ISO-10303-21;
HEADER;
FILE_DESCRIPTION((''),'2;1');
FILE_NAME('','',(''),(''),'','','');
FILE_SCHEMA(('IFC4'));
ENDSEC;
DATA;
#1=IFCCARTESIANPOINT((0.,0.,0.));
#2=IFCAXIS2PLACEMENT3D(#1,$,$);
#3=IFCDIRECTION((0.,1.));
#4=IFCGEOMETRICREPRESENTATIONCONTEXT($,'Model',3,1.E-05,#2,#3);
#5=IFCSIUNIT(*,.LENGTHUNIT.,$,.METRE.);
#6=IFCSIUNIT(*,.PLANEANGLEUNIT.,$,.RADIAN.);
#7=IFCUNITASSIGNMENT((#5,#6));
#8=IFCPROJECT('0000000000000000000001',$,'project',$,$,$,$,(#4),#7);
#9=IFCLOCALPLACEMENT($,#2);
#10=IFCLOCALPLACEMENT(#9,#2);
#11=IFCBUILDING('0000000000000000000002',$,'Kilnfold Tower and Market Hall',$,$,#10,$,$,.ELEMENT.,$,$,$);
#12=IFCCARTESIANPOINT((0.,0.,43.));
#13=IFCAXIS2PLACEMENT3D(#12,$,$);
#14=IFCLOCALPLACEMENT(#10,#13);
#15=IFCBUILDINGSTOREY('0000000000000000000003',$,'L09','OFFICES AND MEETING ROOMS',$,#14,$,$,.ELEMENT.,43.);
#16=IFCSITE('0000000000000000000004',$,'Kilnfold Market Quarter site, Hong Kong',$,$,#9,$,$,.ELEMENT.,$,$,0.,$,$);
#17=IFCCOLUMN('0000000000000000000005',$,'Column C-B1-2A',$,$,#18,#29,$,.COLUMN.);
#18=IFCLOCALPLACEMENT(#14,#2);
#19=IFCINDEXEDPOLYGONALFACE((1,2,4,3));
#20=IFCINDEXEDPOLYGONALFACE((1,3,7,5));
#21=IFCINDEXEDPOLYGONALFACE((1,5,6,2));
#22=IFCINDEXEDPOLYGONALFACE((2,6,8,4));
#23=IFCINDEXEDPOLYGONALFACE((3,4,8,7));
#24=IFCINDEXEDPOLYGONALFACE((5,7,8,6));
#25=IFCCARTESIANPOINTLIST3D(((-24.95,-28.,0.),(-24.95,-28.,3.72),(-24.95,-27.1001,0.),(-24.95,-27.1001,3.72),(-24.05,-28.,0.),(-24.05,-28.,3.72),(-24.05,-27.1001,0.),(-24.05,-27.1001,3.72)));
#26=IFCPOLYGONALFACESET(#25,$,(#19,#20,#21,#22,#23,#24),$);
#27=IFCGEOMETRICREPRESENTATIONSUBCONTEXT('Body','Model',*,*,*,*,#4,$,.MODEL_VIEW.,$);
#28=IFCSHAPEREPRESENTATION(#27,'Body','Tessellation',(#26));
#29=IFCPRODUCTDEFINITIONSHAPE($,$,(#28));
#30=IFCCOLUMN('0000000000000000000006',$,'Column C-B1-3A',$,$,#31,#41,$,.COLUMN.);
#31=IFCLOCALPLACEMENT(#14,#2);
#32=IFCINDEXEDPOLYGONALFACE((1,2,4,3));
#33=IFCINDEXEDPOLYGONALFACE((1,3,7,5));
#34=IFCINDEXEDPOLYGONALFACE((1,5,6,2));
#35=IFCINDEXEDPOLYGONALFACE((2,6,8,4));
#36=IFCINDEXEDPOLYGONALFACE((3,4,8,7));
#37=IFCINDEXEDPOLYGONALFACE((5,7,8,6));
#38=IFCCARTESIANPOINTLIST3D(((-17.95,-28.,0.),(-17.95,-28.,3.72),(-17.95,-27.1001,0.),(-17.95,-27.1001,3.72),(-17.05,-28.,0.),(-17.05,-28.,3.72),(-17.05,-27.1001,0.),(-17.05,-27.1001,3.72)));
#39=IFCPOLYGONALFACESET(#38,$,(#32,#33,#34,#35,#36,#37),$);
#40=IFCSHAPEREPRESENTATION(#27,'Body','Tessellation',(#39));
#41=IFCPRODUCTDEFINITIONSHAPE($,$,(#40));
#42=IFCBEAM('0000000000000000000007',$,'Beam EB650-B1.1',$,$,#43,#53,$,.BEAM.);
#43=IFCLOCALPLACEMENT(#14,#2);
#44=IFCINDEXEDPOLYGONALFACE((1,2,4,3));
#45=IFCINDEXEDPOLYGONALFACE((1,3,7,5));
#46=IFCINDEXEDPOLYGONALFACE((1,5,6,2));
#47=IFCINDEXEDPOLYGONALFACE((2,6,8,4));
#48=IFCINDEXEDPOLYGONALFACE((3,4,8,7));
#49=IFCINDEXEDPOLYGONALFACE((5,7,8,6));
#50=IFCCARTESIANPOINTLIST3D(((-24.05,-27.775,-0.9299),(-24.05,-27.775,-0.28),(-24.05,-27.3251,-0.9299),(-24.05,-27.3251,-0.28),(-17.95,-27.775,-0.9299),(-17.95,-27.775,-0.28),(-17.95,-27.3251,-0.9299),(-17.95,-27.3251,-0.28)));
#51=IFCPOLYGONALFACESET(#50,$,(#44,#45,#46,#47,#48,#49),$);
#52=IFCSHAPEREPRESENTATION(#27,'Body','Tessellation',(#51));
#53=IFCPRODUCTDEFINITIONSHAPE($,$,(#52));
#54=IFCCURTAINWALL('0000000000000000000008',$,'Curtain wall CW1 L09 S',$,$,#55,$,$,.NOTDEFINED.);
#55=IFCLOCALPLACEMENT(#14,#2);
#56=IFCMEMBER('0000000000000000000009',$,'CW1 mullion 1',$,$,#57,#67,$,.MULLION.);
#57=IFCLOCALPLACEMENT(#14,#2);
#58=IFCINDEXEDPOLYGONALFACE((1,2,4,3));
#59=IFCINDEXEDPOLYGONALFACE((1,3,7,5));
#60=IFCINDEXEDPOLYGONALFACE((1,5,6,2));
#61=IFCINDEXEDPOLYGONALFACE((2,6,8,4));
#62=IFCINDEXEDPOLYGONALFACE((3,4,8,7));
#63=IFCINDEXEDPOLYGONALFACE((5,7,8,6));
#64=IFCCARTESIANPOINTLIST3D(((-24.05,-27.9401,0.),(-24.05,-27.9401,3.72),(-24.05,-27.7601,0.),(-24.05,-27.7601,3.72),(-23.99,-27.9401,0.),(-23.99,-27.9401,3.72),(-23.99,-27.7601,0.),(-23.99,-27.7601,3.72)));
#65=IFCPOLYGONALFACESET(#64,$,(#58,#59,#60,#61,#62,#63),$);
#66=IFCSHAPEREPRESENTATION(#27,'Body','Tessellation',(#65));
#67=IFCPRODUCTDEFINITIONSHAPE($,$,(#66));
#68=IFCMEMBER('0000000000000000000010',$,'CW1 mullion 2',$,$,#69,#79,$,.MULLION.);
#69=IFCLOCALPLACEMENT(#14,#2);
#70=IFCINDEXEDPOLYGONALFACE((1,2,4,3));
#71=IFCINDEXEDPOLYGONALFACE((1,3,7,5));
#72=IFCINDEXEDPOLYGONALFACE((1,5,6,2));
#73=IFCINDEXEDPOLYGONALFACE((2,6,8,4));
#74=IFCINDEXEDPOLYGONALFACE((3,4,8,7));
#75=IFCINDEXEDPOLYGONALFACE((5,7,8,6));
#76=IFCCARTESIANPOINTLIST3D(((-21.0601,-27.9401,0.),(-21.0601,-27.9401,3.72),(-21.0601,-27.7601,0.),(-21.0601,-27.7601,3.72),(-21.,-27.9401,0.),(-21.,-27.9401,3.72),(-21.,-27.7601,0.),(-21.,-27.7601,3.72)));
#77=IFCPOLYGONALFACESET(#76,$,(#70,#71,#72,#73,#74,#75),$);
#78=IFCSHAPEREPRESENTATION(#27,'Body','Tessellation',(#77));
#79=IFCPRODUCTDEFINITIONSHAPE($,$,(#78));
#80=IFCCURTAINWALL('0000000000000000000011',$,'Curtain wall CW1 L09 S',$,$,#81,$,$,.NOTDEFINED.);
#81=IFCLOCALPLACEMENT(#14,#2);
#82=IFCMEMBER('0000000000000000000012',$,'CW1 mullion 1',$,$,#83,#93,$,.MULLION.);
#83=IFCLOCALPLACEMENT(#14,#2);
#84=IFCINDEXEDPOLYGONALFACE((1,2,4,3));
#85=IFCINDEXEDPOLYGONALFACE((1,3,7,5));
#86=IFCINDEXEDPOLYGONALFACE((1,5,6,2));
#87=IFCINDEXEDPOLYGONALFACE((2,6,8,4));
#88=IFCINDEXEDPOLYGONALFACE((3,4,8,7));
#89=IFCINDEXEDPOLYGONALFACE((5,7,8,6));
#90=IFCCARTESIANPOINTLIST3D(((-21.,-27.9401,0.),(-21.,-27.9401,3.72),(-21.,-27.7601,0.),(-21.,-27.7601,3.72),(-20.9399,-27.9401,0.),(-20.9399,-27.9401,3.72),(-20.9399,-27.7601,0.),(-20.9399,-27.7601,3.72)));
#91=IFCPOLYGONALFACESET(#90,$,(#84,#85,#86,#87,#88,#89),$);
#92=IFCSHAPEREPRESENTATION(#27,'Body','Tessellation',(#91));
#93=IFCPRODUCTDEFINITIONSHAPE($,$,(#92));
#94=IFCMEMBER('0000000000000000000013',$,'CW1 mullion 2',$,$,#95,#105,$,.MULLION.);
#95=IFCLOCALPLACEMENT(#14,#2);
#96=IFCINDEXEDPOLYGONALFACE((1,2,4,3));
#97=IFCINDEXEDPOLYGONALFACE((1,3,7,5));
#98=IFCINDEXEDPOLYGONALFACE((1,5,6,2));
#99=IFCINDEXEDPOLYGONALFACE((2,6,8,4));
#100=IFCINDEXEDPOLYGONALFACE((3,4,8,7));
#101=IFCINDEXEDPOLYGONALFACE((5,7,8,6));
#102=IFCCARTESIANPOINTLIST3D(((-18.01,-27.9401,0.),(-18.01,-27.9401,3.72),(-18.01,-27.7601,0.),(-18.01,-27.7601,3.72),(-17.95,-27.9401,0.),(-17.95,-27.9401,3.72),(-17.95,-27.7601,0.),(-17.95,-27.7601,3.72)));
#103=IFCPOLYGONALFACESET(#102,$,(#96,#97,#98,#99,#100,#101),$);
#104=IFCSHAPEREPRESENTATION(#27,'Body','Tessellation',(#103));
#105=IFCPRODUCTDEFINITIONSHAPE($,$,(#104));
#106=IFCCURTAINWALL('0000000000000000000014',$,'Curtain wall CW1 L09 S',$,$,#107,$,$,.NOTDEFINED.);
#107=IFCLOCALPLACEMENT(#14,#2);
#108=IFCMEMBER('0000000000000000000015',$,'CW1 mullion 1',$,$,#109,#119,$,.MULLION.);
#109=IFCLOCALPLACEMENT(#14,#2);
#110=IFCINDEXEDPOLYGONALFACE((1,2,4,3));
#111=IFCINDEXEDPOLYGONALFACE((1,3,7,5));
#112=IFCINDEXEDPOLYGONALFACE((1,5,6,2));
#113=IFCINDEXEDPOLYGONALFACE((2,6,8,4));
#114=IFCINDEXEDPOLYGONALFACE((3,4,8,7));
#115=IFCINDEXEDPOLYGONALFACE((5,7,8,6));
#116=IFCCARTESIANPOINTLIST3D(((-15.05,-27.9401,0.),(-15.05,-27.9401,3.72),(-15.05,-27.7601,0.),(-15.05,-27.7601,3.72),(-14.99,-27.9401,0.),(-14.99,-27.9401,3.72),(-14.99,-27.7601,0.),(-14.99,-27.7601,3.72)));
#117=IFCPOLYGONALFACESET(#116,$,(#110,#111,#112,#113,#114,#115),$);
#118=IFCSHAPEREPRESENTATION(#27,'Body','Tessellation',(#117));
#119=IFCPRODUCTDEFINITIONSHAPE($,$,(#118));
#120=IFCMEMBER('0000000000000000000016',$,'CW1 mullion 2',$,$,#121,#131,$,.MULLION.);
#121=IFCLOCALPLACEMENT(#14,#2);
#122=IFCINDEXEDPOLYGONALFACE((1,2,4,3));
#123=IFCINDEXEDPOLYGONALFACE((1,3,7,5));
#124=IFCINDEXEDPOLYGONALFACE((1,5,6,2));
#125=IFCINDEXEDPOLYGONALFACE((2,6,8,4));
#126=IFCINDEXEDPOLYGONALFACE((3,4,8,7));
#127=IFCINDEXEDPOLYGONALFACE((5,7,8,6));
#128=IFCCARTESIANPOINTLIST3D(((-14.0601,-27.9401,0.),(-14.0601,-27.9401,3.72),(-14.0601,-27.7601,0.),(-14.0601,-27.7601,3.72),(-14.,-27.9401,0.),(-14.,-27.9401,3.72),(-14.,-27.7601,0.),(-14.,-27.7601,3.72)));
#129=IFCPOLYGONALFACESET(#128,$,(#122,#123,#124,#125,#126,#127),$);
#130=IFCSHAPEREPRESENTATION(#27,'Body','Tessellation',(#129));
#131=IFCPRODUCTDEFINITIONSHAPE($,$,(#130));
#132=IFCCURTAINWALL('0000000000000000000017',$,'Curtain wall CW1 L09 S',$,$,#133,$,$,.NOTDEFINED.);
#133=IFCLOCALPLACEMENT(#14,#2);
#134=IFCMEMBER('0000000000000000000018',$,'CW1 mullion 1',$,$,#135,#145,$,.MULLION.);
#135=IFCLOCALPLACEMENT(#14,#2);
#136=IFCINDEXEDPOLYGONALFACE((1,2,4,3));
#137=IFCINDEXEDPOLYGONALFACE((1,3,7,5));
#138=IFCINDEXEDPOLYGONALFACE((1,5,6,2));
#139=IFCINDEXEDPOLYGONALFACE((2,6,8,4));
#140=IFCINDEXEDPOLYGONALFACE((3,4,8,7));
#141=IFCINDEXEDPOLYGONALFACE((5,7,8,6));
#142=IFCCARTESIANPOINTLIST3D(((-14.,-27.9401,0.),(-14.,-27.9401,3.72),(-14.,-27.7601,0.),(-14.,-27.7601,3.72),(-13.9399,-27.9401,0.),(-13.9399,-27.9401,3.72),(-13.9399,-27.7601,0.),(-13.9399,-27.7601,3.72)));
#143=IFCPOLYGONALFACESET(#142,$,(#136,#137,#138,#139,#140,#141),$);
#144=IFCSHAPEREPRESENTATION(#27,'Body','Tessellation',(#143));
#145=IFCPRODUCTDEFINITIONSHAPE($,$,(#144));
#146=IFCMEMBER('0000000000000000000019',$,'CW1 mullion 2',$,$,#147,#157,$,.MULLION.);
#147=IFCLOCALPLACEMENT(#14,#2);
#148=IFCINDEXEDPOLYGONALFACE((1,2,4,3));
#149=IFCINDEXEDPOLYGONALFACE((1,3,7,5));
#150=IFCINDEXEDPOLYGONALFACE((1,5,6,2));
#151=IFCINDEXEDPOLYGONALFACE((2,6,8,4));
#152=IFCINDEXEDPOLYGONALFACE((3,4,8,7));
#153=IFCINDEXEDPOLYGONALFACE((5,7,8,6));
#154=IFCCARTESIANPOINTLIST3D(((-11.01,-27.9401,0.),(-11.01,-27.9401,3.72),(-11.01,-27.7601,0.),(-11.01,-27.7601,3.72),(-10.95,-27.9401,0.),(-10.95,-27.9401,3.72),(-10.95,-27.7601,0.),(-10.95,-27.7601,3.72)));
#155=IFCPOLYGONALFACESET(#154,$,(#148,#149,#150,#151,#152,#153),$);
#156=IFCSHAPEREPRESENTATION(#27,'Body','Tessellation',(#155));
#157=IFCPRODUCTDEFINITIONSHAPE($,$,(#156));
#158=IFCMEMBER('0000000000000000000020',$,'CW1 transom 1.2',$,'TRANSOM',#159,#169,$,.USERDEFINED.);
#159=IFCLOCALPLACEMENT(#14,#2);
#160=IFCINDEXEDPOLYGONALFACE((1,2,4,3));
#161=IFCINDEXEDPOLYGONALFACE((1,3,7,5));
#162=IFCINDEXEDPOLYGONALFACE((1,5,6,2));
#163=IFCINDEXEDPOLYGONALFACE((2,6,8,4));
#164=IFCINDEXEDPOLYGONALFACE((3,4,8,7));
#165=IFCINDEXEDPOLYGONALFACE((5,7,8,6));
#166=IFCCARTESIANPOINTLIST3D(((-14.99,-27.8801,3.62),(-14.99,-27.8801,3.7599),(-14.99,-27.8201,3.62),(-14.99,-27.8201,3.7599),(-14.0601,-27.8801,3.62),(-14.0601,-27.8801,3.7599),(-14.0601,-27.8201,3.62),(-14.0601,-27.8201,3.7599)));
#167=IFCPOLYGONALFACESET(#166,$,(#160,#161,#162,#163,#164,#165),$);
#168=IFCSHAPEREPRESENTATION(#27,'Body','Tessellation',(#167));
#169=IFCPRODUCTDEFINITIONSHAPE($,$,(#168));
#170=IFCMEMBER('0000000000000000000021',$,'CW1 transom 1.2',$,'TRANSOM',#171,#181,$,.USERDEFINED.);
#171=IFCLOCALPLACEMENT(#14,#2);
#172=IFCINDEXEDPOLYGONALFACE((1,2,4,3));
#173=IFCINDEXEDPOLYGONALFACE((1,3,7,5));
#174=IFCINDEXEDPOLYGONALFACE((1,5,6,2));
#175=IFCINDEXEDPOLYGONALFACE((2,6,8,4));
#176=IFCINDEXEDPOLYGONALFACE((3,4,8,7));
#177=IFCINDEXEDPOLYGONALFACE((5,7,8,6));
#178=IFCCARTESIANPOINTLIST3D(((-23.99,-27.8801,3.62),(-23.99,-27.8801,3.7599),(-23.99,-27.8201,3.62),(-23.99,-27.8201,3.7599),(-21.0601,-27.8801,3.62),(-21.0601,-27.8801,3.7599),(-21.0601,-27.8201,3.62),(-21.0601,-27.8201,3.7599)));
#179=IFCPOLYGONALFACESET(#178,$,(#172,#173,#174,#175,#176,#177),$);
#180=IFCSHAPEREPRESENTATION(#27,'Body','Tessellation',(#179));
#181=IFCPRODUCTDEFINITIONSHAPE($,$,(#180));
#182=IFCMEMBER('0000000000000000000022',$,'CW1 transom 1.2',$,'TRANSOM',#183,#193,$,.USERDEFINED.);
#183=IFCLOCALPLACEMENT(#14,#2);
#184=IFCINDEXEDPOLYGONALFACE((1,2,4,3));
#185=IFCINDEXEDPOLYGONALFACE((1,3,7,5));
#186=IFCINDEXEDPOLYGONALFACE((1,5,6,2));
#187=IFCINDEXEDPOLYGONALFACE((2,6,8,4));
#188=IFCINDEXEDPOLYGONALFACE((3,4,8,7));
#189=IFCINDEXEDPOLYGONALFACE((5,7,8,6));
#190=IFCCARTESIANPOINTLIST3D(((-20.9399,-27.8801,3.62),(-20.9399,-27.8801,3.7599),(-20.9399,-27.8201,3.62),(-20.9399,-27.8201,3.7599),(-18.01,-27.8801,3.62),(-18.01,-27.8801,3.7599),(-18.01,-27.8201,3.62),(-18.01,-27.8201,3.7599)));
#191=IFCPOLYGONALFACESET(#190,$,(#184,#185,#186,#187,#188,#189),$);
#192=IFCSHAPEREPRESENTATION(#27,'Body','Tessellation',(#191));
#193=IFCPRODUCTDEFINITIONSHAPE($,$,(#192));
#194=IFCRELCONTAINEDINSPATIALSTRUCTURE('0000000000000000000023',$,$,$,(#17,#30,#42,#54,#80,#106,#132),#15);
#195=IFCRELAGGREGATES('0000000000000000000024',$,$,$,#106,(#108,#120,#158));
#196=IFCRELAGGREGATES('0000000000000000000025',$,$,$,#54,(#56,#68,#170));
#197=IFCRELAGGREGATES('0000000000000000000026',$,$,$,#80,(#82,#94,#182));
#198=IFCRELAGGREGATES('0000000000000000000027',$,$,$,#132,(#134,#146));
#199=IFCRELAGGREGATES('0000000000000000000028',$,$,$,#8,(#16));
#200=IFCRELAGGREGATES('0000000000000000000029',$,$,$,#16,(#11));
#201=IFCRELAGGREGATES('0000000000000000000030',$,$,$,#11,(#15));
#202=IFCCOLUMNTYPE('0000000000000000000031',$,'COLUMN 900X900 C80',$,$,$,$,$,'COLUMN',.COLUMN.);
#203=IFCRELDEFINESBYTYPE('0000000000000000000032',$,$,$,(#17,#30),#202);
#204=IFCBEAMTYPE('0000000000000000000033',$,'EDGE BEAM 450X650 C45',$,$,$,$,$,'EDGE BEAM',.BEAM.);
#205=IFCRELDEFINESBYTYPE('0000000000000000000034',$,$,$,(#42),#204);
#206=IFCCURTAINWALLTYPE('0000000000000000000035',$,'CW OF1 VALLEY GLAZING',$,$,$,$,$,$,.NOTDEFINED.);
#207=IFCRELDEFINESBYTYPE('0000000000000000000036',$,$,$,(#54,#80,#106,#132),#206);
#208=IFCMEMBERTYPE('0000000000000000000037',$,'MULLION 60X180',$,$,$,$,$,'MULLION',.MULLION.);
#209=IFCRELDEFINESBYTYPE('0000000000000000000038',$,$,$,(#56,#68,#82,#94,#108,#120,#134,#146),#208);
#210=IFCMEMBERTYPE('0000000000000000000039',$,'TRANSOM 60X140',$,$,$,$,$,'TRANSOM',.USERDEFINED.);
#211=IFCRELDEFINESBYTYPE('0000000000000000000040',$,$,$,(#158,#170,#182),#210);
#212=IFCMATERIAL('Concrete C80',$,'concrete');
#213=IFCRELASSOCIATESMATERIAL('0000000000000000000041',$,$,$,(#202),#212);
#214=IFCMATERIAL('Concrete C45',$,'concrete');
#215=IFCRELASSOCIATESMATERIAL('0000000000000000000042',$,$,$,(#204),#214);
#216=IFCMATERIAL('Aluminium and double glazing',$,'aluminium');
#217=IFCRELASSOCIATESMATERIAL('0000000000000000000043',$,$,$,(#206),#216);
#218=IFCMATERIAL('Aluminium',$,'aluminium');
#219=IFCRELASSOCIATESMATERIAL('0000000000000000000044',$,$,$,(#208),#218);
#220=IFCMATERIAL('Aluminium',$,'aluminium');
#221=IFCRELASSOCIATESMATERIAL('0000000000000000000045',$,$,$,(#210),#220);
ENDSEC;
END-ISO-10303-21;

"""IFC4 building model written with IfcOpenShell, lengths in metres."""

from ifc_helpers import new_model, si_unit, direction, frame, origin, origin_2d, place, context, subcontext, project, spatial, rectangle, extrude, source, transform, mapped, material, material_profile, profile_set, type_object, element, aggregate, save


model = new_model("IFC4")

# Units and contexts
model_context = context("Model", 3, precision=1e-05, world=origin(), true_north=direction((0.0, 1.0)))
body_context = subcontext(model_context, "Body", "Model", "MODEL_VIEW")
ifc_project = project(units=[si_unit("LENGTHUNIT", "METRE"), si_unit("PLANEANGLEUNIT", "RADIAN")], contexts=[model_context])

# Site, building, storey
site_placement = place(None, origin())
site = spatial("IfcSite", under=ifc_project, at=site_placement, Name="Kilnfold Market Quarter site, Hong Kong", CompositionType="ELEMENT", RefElevation=0.0)
building_placement = place(site_placement, origin())
building = spatial("IfcBuilding", under=site, at=building_placement, Name="Kilnfold Tower and Market Hall", CompositionType="ELEMENT")
storey_placement = place(building_placement, frame((0.0, 0.0, 43.0)))
storey = spatial("IfcBuildingStorey", under=building, at=storey_placement, Name="L09", Description="OFFICES AND MEETING ROOMS", CompositionType="ELEMENT", Elevation=43.0)

# Columns
ifc_material_1 = material(Name="Concrete C80", Category="concrete")
ifc_material_profile_1 = material_profile(ifc_material_1, rectangle(XDim=0.8999, YDim=0.8999, at=origin_2d()), Name="RC 900x900")
ifc_profile_set_1 = profile_set([ifc_material_profile_1], Name="Concrete C80")
column_type = type_object("IfcColumnType", Name="COLUMN 900X900 C80", ElementType="COLUMN", PredefinedType="COLUMN", material=ifc_profile_set_1)
shared_shape_1 = source(origin(), body_context, "Body", "SweptSolid", [
    extrude(rectangle(XDim=0.8999, YDim=0.8999, at=origin_2d()), origin(), (0.0, 0.0, 1.0), 3.72),
])
for number, where, z_axis, x_axis, name in (
    (1, (-24.5, -27.55, 0.0), (0.0, 0.0, 1.0), (1.0, 0.0, 0.0), "Column C-B1-2A"),
    (2, (-17.5, -27.55, 0.0), (0.0, 0.0, 1.0), (1.0, 0.0, 0.0), "Column C-B1-3A"),
):
    element("IfcColumn", number, at=place(storey_placement, frame(where, z_axis=z_axis, x_axis=x_axis)), inside=storey, type_object=column_type, Name=name, PredefinedType="COLUMN", context=body_context, shape_type="MappedRepresentation", body=[
        mapped(shared_shape_1, transform((0.0, 0.0, 0.0))),
    ])

# Beam
ifc_material_2 = material(Name="Concrete C45", Category="concrete")
ifc_material_profile_2 = material_profile(ifc_material_2, rectangle(XDim=0.45, YDim=0.6499, at=origin_2d()), Name="RC 450x650")
ifc_profile_set_2 = profile_set([ifc_material_profile_2], Name="Concrete C45")
beam_type = type_object("IfcBeamType", Name="EDGE BEAM 450X650 C45", ElementType="EDGE BEAM", PredefinedType="BEAM", material=ifc_profile_set_2)
shared_shape_2 = source(origin(), body_context, "Body", "SweptSolid", [
    extrude(rectangle(XDim=0.45, YDim=0.6499, at=origin_2d()), origin(), (0.0, 0.0, 1.0), 6.1001),
])
beam_placement = place(storey_placement, frame((-24.05, -27.55, -0.605), z_axis=(1.0, 0.0, 0.0), x_axis=(0.0, 1.0, 0.0)))
element("IfcBeam", 3, at=beam_placement, inside=storey, type_object=beam_type, Name="Beam EB650-B1.1", PredefinedType="BEAM", context=body_context, shape_type="MappedRepresentation", body=[
    mapped(shared_shape_2, transform((0.0, 0.0, 0.0))),
])

# Curtain walls, members
ifc_material_3 = material(Name="Aluminium and double glazing", Category="aluminium")
curtain_wall_type = type_object("IfcCurtainWallType", Name="CW OF1 VALLEY GLAZING", PredefinedType="NOTDEFINED", material=ifc_material_3)
curtain_wall_1_placement = place(storey_placement, origin())
curtain_wall_1 = element("IfcCurtainWall", 4, at=curtain_wall_1_placement, inside=storey, type_object=curtain_wall_type, Name="Curtain wall CW1 L09 S", PredefinedType="NOTDEFINED")
ifc_material_4 = material(Name="Aluminium", Category="aluminium")
ifc_material_profile_3 = material_profile(ifc_material_4, rectangle(XDim=0.0601, YDim=0.1799, at=origin_2d()), Name="MULLION 60x180")
ifc_profile_set_3 = profile_set([ifc_material_profile_3], Name="Aluminium")
member_type_1 = type_object("IfcMemberType", Name="MULLION 60X180", ElementType="MULLION", PredefinedType="MULLION", material=ifc_profile_set_3)
shared_shape_3 = source(origin(), body_context, "Body", "SweptSolid", [
    extrude(rectangle(XDim=0.0601, YDim=0.1799, at=origin_2d()), origin(), (0.0, 0.0, 1.0), 3.72),
])
member_1_placement = place(storey_placement, frame((-24.02, -27.8501, 0.0), z_axis=(0.0, 0.0, 1.0), x_axis=(1.0, 0.0, 0.0)))
member_1 = element("IfcMember", 5, at=member_1_placement, type_object=member_type_1, Name="CW1 mullion 1", PredefinedType="MULLION", context=body_context, shape_type="MappedRepresentation", body=[
    mapped(shared_shape_3, transform((0.0, 0.0, 0.0))),
])
member_2_placement = place(storey_placement, frame((-21.03, -27.8501, 0.0), z_axis=(0.0, 0.0, 1.0), x_axis=(1.0, 0.0, 0.0)))
member_2 = element("IfcMember", 6, at=member_2_placement, type_object=member_type_1, Name="CW1 mullion 2", PredefinedType="MULLION", context=body_context, shape_type="MappedRepresentation", body=[
    mapped(shared_shape_3, transform((0.0, 0.0, 0.0))),
])
curtain_wall_2_placement = place(storey_placement, origin())
curtain_wall_2 = element("IfcCurtainWall", 7, at=curtain_wall_2_placement, inside=storey, type_object=curtain_wall_type, Name="Curtain wall CW1 L09 S", PredefinedType="NOTDEFINED")
member_3_placement = place(storey_placement, frame((-20.97, -27.8501, 0.0), z_axis=(0.0, 0.0, 1.0), x_axis=(1.0, 0.0, 0.0)))
member_3 = element("IfcMember", 8, at=member_3_placement, type_object=member_type_1, Name="CW1 mullion 1", PredefinedType="MULLION", context=body_context, shape_type="MappedRepresentation", body=[
    mapped(shared_shape_3, transform((0.0, 0.0, 0.0))),
])
member_4_placement = place(storey_placement, frame((-17.98, -27.8501, 0.0), z_axis=(0.0, 0.0, 1.0), x_axis=(1.0, 0.0, 0.0)))
member_4 = element("IfcMember", 9, at=member_4_placement, type_object=member_type_1, Name="CW1 mullion 2", PredefinedType="MULLION", context=body_context, shape_type="MappedRepresentation", body=[
    mapped(shared_shape_3, transform((0.0, 0.0, 0.0))),
])
curtain_wall_3_placement = place(storey_placement, origin())
curtain_wall_3 = element("IfcCurtainWall", 10, at=curtain_wall_3_placement, inside=storey, type_object=curtain_wall_type, Name="Curtain wall CW1 L09 S", PredefinedType="NOTDEFINED")
member_5_placement = place(storey_placement, frame((-15.02, -27.8501, 0.0), z_axis=(0.0, 0.0, 1.0), x_axis=(1.0, 0.0, 0.0)))
member_5 = element("IfcMember", 11, at=member_5_placement, type_object=member_type_1, Name="CW1 mullion 1", PredefinedType="MULLION", context=body_context, shape_type="MappedRepresentation", body=[
    mapped(shared_shape_3, transform((0.0, 0.0, 0.0))),
])
member_6_placement = place(storey_placement, frame((-14.03, -27.8501, 0.0), z_axis=(0.0, 0.0, 1.0), x_axis=(1.0, 0.0, 0.0)))
member_6 = element("IfcMember", 12, at=member_6_placement, type_object=member_type_1, Name="CW1 mullion 2", PredefinedType="MULLION", context=body_context, shape_type="MappedRepresentation", body=[
    mapped(shared_shape_3, transform((0.0, 0.0, 0.0))),
])
curtain_wall_4_placement = place(storey_placement, origin())
curtain_wall_4 = element("IfcCurtainWall", 13, at=curtain_wall_4_placement, inside=storey, type_object=curtain_wall_type, Name="Curtain wall CW1 L09 S", PredefinedType="NOTDEFINED")
member_7_placement = place(storey_placement, frame((-13.97, -27.8501, 0.0), z_axis=(0.0, 0.0, 1.0), x_axis=(1.0, 0.0, 0.0)))
member_7 = element("IfcMember", 14, at=member_7_placement, type_object=member_type_1, Name="CW1 mullion 1", PredefinedType="MULLION", context=body_context, shape_type="MappedRepresentation", body=[
    mapped(shared_shape_3, transform((0.0, 0.0, 0.0))),
])
member_8_placement = place(storey_placement, frame((-10.98, -27.8501, 0.0), z_axis=(0.0, 0.0, 1.0), x_axis=(1.0, 0.0, 0.0)))
member_8 = element("IfcMember", 15, at=member_8_placement, type_object=member_type_1, Name="CW1 mullion 2", PredefinedType="MULLION", context=body_context, shape_type="MappedRepresentation", body=[
    mapped(shared_shape_3, transform((0.0, 0.0, 0.0))),
])

# Members
ifc_material_5 = material(Name="Aluminium", Category="aluminium")
ifc_material_profile_4 = material_profile(ifc_material_5, rectangle(XDim=0.0601, YDim=0.1399, at=origin_2d()), Name="TRANSOM 60x140")
ifc_profile_set_4 = profile_set([ifc_material_profile_4], Name="Aluminium")
member_type_2 = type_object("IfcMemberType", Name="TRANSOM 60X140", ElementType="TRANSOM", PredefinedType="USERDEFINED", material=ifc_profile_set_4)
shared_shape_4 = source(origin(), body_context, "Body", "SweptSolid", [
    extrude(rectangle(XDim=0.0601, YDim=0.1399, at=origin_2d()), origin(), (0.0, 0.0, 1.0), 0.9299),
])
member_9_placement = place(storey_placement, frame((-14.99, -27.8501, 3.6899), z_axis=(1.0, 0.0, 0.0), x_axis=(0.0, 1.0, 0.0)))
member_9 = element("IfcMember", 16, at=member_9_placement, type_object=member_type_2, Name="CW1 transom 1.2", ObjectType="TRANSOM", PredefinedType="USERDEFINED", context=body_context, shape_type="MappedRepresentation", body=[
    mapped(shared_shape_4, transform((0.0, 0.0, 0.0))),
])
shared_shape_5 = source(origin(), body_context, "Body", "SweptSolid", [
    extrude(rectangle(XDim=0.0601, YDim=0.1399, at=origin_2d()), origin(), (0.0, 0.0, 1.0), 2.9299),
])
member_10_placement = place(storey_placement, frame((-23.99, -27.8501, 3.6899), z_axis=(1.0, 0.0, 0.0), x_axis=(0.0, 1.0, 0.0)))
member_10 = element("IfcMember", 17, at=member_10_placement, type_object=member_type_2, Name="CW1 transom 1.2", ObjectType="TRANSOM", PredefinedType="USERDEFINED", context=body_context, shape_type="MappedRepresentation", body=[
    mapped(shared_shape_5, transform((0.0, 0.0, 0.0))),
])
member_11_placement = place(storey_placement, frame((-20.9399, -27.8501, 3.6899), z_axis=(1.0, 0.0, 0.0), x_axis=(0.0, 1.0, 0.0)))
member_11 = element("IfcMember", 18, at=member_11_placement, type_object=member_type_2, Name="CW1 transom 1.2", ObjectType="TRANSOM", PredefinedType="USERDEFINED", context=body_context, shape_type="MappedRepresentation", body=[
    mapped(shared_shape_5, transform((0.0, 0.0, 0.0))),
])

aggregate(curtain_wall_3, [member_5, member_6, member_9])
aggregate(curtain_wall_1, [member_1, member_2, member_10])
aggregate(curtain_wall_2, [member_3, member_4, member_11])
aggregate(curtain_wall_4, [member_7, member_8])

save(model, "model.ifc")
